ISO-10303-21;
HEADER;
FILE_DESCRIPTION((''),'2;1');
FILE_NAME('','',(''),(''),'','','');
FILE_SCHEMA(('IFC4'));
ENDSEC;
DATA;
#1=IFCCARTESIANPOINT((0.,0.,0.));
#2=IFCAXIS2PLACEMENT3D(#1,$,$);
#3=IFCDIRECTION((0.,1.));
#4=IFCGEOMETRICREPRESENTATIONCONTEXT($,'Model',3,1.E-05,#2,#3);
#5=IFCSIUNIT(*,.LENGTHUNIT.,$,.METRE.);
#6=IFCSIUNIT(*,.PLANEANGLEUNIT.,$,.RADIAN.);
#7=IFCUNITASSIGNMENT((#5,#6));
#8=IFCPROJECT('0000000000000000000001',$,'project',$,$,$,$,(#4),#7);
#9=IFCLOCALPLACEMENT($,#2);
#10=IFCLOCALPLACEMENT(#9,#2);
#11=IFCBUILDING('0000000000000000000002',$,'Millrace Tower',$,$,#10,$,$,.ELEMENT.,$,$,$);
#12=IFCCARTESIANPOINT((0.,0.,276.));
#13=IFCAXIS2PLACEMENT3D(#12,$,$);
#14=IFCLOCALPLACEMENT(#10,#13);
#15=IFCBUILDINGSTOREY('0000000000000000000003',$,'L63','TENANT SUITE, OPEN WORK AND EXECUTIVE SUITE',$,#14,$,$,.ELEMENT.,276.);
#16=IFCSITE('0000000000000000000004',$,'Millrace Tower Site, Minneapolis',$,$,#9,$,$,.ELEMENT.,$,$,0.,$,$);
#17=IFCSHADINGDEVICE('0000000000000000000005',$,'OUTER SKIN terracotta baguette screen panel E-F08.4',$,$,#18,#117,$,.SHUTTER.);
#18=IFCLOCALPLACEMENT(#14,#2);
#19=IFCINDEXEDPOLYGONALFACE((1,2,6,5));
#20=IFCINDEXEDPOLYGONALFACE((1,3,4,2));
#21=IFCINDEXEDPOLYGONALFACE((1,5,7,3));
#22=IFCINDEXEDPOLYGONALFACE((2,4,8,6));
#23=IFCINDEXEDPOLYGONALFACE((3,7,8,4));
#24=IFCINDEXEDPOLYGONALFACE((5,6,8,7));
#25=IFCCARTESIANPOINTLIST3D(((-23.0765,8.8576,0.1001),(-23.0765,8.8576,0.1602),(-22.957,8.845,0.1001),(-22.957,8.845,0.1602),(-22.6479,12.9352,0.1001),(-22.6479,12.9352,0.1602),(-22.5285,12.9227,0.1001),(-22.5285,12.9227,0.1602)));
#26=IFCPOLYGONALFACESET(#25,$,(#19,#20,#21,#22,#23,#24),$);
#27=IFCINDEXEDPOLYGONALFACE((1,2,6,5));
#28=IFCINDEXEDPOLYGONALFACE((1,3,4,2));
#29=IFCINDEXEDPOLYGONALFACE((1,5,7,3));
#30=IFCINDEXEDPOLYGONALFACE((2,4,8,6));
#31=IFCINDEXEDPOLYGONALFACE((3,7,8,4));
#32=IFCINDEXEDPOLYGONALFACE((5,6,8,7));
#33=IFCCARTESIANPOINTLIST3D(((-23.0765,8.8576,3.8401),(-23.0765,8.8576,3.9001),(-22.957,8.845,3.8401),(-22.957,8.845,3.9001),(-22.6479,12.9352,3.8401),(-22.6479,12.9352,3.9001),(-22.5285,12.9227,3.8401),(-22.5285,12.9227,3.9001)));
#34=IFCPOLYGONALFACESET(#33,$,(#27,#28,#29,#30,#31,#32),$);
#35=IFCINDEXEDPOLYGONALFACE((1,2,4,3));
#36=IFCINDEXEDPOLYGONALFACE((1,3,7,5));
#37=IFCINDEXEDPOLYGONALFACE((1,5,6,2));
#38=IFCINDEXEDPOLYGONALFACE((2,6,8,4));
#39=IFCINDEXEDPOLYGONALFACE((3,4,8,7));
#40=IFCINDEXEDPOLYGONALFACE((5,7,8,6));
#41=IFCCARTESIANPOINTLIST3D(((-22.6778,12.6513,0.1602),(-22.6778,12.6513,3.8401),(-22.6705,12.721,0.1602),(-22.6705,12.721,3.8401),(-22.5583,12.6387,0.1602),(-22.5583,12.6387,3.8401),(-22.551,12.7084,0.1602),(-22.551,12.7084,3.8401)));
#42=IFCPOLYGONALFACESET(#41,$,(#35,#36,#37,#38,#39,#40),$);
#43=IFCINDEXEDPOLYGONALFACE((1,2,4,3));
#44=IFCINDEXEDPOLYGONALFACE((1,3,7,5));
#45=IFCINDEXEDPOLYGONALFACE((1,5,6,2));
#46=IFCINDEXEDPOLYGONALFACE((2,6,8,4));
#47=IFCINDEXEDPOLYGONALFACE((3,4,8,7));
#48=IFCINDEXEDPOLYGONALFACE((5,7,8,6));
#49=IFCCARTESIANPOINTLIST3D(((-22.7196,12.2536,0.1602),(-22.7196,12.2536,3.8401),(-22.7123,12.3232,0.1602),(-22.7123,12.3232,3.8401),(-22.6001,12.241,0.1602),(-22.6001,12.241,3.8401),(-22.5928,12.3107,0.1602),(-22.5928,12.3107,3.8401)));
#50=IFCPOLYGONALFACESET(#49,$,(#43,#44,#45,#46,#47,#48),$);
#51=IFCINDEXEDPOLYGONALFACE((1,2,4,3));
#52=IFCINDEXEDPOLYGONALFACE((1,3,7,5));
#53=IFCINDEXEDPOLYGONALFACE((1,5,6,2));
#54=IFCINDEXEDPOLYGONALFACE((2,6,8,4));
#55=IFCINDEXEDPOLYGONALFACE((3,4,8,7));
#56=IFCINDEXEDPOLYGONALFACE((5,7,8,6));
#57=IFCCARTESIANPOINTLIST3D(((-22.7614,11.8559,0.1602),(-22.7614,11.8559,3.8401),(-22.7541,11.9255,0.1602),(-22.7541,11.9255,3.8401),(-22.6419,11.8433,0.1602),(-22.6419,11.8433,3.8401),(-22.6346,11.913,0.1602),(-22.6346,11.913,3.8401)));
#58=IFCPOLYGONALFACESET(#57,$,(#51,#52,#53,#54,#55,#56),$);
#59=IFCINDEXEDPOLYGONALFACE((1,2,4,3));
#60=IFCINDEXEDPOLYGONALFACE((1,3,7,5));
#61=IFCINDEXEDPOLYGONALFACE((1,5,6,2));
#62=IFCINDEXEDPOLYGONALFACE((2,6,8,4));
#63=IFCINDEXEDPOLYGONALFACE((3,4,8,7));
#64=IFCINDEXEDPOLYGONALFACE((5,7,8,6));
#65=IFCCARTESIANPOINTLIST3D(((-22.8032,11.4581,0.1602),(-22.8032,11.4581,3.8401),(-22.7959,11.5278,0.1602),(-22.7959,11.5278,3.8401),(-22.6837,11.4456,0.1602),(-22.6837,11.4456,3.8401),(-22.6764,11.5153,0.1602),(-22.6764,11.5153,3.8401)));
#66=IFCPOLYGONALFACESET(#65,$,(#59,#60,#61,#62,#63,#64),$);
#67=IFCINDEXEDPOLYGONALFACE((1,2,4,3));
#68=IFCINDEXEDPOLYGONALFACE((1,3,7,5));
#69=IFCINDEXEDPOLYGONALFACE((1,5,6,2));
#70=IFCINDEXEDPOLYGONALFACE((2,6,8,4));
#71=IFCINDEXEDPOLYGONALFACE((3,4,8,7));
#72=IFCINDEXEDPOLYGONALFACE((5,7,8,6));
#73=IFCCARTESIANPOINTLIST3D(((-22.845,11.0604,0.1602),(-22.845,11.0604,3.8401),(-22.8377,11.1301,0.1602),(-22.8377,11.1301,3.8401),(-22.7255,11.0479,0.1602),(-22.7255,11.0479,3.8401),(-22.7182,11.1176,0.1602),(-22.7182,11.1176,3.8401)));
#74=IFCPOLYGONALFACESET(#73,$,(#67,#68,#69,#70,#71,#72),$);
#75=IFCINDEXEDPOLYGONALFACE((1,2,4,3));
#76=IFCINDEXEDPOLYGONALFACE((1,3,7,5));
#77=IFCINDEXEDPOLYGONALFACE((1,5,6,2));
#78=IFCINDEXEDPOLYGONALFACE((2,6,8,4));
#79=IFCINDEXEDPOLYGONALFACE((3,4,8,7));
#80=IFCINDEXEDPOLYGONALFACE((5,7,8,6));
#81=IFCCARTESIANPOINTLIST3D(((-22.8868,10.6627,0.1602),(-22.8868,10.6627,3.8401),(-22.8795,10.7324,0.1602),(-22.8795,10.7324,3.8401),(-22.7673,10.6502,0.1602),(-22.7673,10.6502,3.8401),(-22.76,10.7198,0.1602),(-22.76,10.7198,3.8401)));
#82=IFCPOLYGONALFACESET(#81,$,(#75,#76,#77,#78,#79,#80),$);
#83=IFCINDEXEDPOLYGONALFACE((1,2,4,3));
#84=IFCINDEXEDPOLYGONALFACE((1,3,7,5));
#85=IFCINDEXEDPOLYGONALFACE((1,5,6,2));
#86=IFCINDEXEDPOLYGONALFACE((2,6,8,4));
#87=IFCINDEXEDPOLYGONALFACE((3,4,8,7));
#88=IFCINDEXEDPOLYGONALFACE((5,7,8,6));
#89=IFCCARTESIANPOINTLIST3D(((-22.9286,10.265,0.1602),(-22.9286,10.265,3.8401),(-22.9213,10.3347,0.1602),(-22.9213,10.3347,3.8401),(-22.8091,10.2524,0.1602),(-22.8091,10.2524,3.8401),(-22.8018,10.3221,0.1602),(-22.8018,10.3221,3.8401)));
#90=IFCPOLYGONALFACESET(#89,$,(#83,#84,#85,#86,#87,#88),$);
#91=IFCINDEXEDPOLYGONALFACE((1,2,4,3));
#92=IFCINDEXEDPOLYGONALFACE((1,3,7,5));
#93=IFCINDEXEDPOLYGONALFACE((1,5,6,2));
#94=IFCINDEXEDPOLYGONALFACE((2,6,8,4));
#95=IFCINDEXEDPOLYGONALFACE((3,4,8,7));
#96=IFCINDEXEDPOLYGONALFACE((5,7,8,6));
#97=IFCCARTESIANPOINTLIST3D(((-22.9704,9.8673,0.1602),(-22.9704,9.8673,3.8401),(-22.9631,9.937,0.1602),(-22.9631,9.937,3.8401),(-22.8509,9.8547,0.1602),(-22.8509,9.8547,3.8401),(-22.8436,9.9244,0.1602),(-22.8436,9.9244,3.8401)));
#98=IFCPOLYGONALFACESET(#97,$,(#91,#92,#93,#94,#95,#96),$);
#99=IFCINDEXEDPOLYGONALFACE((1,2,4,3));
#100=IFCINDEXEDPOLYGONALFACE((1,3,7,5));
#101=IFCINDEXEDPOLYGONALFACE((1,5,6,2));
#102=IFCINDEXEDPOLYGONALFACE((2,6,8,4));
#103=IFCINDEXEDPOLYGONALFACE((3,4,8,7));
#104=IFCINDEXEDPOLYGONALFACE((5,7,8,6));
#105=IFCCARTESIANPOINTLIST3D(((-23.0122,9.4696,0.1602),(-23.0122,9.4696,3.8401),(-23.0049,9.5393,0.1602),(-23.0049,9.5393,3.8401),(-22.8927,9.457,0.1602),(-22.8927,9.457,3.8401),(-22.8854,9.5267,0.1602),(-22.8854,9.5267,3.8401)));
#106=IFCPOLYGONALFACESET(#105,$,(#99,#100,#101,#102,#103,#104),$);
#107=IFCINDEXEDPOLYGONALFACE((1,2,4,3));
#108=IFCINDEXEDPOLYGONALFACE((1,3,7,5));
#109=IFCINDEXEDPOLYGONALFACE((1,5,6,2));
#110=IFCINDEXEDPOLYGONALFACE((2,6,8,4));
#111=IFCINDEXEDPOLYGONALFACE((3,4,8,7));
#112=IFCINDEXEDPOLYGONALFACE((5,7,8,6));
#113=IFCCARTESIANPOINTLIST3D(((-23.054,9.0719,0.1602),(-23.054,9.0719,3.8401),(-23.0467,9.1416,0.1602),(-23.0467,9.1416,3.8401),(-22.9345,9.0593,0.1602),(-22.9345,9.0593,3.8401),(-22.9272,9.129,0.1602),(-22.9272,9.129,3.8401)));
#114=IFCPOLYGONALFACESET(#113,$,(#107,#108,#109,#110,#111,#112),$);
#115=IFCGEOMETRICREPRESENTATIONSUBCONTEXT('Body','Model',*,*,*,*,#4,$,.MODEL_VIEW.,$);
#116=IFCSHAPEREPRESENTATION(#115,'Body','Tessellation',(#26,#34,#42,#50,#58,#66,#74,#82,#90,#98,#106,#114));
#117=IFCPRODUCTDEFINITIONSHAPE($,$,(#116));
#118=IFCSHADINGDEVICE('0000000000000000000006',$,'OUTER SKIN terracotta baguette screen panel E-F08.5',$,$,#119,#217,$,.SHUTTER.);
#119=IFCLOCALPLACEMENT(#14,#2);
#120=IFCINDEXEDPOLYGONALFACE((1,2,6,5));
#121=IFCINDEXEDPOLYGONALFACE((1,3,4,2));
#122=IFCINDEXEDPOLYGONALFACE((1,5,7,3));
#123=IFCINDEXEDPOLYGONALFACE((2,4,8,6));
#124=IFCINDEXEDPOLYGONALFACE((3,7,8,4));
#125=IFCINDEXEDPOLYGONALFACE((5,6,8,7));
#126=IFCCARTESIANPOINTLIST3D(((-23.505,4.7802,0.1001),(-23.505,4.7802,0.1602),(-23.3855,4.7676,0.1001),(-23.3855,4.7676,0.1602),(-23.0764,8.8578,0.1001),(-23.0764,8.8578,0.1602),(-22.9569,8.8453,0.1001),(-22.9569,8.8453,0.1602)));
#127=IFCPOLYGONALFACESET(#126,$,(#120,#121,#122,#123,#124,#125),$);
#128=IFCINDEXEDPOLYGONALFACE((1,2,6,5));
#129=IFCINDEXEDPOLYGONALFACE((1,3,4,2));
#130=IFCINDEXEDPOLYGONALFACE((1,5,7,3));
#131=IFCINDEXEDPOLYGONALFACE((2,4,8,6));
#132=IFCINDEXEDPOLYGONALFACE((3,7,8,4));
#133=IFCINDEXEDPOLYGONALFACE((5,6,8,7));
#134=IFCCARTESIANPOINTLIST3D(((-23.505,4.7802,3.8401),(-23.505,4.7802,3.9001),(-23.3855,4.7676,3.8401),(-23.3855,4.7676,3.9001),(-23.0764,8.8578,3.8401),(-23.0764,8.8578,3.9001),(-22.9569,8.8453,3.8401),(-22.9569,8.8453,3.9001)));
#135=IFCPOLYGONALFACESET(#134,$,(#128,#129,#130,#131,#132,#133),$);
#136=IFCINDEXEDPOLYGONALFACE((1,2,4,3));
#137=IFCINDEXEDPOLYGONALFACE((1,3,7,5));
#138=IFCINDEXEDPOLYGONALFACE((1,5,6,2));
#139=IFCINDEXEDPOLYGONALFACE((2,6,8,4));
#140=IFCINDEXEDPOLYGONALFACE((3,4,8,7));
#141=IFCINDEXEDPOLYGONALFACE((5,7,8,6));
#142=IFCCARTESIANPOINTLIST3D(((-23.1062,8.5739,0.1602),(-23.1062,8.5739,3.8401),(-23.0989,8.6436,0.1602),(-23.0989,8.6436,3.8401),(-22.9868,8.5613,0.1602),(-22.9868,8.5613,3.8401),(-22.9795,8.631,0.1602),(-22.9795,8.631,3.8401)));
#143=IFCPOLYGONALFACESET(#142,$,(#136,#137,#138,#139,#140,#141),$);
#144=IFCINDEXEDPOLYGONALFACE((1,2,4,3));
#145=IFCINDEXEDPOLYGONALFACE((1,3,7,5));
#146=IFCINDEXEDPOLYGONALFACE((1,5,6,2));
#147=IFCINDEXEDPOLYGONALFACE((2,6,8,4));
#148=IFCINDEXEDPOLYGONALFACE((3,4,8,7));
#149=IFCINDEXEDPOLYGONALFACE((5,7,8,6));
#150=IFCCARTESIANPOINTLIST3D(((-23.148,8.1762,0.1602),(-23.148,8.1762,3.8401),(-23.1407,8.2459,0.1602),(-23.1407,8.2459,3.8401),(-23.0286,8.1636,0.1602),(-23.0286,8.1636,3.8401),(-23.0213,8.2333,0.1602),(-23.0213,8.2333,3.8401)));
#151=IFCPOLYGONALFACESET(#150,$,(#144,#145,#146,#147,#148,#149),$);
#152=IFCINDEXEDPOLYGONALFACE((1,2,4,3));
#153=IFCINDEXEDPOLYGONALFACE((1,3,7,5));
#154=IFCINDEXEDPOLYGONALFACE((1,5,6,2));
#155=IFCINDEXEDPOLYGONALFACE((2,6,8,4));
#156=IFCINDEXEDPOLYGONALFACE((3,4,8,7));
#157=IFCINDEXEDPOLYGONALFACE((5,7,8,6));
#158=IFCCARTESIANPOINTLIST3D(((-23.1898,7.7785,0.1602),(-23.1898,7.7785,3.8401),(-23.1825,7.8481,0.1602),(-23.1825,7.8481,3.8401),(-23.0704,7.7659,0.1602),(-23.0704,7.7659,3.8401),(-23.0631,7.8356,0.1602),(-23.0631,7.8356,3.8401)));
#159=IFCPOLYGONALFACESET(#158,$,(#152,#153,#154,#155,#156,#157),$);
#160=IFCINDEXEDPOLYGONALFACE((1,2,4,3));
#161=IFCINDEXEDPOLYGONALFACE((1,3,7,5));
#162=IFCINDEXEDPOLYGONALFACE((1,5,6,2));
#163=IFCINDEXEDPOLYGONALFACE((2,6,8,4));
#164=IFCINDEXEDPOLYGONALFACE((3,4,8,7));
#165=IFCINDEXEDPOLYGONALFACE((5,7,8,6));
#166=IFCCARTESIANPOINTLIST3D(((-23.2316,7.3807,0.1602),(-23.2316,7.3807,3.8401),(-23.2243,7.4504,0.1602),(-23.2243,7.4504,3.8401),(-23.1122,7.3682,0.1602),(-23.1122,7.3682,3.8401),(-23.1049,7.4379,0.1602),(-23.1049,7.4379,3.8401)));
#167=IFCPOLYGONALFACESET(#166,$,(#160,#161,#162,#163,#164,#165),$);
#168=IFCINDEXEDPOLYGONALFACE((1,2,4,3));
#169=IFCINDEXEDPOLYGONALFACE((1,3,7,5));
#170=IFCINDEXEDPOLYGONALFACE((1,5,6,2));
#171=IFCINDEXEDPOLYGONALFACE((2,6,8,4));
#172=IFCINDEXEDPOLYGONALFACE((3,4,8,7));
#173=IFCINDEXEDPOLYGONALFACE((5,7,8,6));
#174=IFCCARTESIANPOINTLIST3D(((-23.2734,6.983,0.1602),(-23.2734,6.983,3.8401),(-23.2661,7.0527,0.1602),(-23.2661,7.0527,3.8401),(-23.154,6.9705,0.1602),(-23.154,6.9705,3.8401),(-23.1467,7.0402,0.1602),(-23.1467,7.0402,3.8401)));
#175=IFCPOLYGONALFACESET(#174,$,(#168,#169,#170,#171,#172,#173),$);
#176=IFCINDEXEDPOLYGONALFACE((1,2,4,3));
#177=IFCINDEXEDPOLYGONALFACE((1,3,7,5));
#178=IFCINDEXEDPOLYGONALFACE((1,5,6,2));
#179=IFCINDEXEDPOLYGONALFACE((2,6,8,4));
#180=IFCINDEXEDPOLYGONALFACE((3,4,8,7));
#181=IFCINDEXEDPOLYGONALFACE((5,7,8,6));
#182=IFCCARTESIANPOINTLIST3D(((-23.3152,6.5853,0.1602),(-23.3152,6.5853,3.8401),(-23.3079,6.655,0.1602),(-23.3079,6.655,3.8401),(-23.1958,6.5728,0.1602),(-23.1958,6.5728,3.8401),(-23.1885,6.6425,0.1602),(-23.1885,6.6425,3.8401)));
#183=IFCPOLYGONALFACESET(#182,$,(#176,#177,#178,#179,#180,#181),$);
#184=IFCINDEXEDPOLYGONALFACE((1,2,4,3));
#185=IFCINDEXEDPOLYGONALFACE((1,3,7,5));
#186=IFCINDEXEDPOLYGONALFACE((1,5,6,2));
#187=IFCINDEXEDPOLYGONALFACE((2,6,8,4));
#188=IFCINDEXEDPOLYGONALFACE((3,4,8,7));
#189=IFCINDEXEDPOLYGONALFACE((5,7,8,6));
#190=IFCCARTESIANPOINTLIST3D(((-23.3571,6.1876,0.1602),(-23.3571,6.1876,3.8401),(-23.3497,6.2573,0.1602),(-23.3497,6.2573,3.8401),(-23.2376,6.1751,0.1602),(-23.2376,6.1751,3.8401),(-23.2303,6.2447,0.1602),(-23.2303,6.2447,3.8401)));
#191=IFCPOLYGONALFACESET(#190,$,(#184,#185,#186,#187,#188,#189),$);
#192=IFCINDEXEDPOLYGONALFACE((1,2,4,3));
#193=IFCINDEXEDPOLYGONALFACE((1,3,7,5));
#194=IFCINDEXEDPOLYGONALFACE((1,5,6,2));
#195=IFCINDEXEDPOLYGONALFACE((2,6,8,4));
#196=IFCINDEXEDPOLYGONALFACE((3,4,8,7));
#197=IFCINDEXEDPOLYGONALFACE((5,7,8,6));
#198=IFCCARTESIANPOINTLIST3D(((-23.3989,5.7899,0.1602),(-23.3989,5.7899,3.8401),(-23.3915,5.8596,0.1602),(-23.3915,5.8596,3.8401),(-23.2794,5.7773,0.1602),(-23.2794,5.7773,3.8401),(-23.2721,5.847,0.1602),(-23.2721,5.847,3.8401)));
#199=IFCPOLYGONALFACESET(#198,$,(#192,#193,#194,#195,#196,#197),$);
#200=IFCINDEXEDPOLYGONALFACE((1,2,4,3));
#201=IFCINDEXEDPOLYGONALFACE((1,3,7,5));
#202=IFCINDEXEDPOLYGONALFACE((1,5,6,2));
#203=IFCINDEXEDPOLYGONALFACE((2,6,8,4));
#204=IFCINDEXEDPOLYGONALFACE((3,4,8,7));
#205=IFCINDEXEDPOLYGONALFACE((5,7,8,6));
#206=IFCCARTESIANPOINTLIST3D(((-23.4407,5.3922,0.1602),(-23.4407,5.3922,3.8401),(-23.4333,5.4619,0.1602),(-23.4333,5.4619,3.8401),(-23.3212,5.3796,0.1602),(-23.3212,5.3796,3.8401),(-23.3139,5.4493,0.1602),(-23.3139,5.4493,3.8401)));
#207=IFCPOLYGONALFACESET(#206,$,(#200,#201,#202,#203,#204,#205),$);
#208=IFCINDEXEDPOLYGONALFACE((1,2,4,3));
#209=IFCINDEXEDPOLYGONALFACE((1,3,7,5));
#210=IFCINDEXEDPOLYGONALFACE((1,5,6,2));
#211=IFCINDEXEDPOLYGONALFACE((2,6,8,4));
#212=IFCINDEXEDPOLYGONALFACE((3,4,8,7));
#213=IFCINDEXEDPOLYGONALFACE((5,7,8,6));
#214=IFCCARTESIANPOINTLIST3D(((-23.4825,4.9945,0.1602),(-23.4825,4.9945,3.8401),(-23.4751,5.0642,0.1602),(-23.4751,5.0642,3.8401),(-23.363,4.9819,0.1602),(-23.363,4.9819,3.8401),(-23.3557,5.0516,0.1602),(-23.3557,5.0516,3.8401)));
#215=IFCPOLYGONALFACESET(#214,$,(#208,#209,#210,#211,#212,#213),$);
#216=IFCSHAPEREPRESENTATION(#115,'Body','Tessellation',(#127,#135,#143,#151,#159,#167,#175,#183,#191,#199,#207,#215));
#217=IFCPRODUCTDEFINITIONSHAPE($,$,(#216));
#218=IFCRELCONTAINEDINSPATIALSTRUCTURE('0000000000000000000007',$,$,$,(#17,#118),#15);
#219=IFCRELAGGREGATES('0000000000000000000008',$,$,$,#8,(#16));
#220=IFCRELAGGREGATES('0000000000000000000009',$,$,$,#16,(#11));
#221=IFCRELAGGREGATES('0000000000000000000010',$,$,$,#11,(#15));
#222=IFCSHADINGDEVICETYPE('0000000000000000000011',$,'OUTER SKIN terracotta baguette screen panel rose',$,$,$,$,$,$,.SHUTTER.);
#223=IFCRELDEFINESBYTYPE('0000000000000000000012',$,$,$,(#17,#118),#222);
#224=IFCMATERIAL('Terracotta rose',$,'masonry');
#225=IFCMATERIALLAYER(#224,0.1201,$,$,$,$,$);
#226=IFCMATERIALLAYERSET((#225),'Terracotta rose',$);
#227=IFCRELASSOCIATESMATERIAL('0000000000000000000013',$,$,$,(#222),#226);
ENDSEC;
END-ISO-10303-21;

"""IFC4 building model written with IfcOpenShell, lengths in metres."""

from ifc_helpers import new_model, entity, si_unit, direction, frame, frame_2d, origin, place, context, subcontext, project, spatial, rectangle, extrude, source, transform, mapped, material, layer, layer_set, type_object, element, save


model = new_model("IFC4")

# Units and contexts
model_context = context("Model", 3, precision=1e-05, world=origin(), true_north=direction((0.0, 1.0)))
body_context = subcontext(model_context, "Body", "Model", "MODEL_VIEW")
ifc_project = project(units=[si_unit("LENGTHUNIT", "METRE"), si_unit("PLANEANGLEUNIT", "RADIAN")], contexts=[model_context])

# Site, building, storey
site_placement = place(None, origin())
site = spatial("IfcSite", under=ifc_project, at=site_placement, Name="Millrace Tower Site, Minneapolis", CompositionType="ELEMENT", RefElevation=0.0)
building_placement = place(site_placement, origin())
building = spatial("IfcBuilding", under=site, at=building_placement, Name="Millrace Tower", CompositionType="ELEMENT")
storey_placement = place(building_placement, frame((0.0, 0.0, 276.0)))
storey = spatial("IfcBuildingStorey", under=building, at=storey_placement, Name="L63", Description="TENANT SUITE, OPEN WORK AND EXECUTIVE SUITE", CompositionType="ELEMENT", Elevation=276.0)

# Shading devices
ifc_material_1 = material(Name="Terracotta rose", Category="masonry")
ifc_layer_1 = layer(ifc_material_1, 0.1201)
ifc_layer_set_1 = layer_set([ifc_layer_1], Name="Terracotta rose")
shading_device_type = type_object("IfcShadingDeviceType", Name="OUTER SKIN terracotta baguette screen panel rose", PredefinedType="SHUTTER", material=ifc_layer_set_1)
cartesian_point = entity("IfcCartesianPoint", [-2.05, 0.0601])
shared_polyline = entity("IfcPolyline", [cartesian_point, entity("IfcCartesianPoint", [2.05, 0.0601]), entity("IfcCartesianPoint", [2.05, -0.0601]), entity("IfcCartesianPoint", [-2.05, -0.0601]), cartesian_point])
shared_shape = source(origin(), body_context, "Body", "SweptSolid", [
    entity("IfcExtrudedAreaSolid", entity("IfcArbitraryClosedProfileDef", "AREA", None, shared_polyline), entity("IfcAxis2Placement3D", entity("IfcCartesianPoint", [0.0, 0.0, 0.0])), entity("IfcDirection", [0.0, 0.0, 1.0]), 0.0601),
    entity("IfcExtrudedAreaSolid", entity("IfcArbitraryClosedProfileDef", "AREA", None, shared_polyline), entity("IfcAxis2Placement3D", entity("IfcCartesianPoint", [0.0, 0.0, 3.74])), entity("IfcDirection", [0.0, 0.0, 1.0]), 0.0601),
    extrude(rectangle(XDim=0.0701, YDim=0.1201, at=frame_2d((-1.7996, 0.0))), frame((0.0, 0.0, 0.0601)), (0.0, 0.0, 1.0), 3.6799),
    extrude(rectangle(XDim=0.0701, YDim=0.1201, at=frame_2d((-1.3997, 0.0))), frame((0.0, 0.0, 0.0601)), (0.0, 0.0, 1.0), 3.6799),
    extrude(rectangle(XDim=0.0701, YDim=0.1201, at=frame_2d((-0.9998, 0.0))), frame((0.0, 0.0, 0.0601)), (0.0, 0.0, 1.0), 3.6799),
    extrude(rectangle(XDim=0.0701, YDim=0.1201, at=frame_2d((-0.5999, 0.0))), frame((0.0, 0.0, 0.0601)), (0.0, 0.0, 1.0), 3.6799),
    extrude(rectangle(XDim=0.0701, YDim=0.1201, at=frame_2d((-0.2, 0.0))), frame((0.0, 0.0, 0.0601)), (0.0, 0.0, 1.0), 3.6799),
    extrude(rectangle(XDim=0.0701, YDim=0.1201, at=frame_2d((0.2, 0.0))), frame((0.0, 0.0, 0.0601)), (0.0, 0.0, 1.0), 3.6799),
    extrude(rectangle(XDim=0.0701, YDim=0.1201, at=frame_2d((0.5999, 0.0))), frame((0.0, 0.0, 0.0601)), (0.0, 0.0, 1.0), 3.6799),
    extrude(rectangle(XDim=0.0701, YDim=0.1201, at=frame_2d((0.9998, 0.0))), frame((0.0, 0.0, 0.0601)), (0.0, 0.0, 1.0), 3.6799),
    extrude(rectangle(XDim=0.0701, YDim=0.1201, at=frame_2d((1.3997, 0.0))), frame((0.0, 0.0, 0.0601)), (0.0, 0.0, 1.0), 3.6799),
    extrude(rectangle(XDim=0.0701, YDim=0.1201, at=frame_2d((1.7996, 0.0))), frame((0.0, 0.0, 0.0601)), (0.0, 0.0, 1.0), 3.6799),
])
for number, where, z_axis, x_axis, name in (
    (1, (-22.8025, 10.8901, 0.1001), (0.0, 0.0, 1.0), (-0.104528, -0.994522, 0.0), "OUTER SKIN terracotta baguette screen panel E-F08.4"),
    (2, (-23.231, 6.8127, 0.1001), (0.0, 0.0, 1.0), (-0.104528, -0.994522, 0.0), "OUTER SKIN terracotta baguette screen panel E-F08.5"),
):
    element("IfcShadingDevice", number, at=place(storey_placement, frame(where, z_axis=z_axis, x_axis=x_axis)), inside=storey, type_object=shading_device_type, Name=name, PredefinedType="SHUTTER", context=body_context, shape_type="MappedRepresentation", body=[
        mapped(shared_shape, transform((0.0, 0.0, 0.0), scale=1.0)),
    ])

save(model, "model.ifc")
